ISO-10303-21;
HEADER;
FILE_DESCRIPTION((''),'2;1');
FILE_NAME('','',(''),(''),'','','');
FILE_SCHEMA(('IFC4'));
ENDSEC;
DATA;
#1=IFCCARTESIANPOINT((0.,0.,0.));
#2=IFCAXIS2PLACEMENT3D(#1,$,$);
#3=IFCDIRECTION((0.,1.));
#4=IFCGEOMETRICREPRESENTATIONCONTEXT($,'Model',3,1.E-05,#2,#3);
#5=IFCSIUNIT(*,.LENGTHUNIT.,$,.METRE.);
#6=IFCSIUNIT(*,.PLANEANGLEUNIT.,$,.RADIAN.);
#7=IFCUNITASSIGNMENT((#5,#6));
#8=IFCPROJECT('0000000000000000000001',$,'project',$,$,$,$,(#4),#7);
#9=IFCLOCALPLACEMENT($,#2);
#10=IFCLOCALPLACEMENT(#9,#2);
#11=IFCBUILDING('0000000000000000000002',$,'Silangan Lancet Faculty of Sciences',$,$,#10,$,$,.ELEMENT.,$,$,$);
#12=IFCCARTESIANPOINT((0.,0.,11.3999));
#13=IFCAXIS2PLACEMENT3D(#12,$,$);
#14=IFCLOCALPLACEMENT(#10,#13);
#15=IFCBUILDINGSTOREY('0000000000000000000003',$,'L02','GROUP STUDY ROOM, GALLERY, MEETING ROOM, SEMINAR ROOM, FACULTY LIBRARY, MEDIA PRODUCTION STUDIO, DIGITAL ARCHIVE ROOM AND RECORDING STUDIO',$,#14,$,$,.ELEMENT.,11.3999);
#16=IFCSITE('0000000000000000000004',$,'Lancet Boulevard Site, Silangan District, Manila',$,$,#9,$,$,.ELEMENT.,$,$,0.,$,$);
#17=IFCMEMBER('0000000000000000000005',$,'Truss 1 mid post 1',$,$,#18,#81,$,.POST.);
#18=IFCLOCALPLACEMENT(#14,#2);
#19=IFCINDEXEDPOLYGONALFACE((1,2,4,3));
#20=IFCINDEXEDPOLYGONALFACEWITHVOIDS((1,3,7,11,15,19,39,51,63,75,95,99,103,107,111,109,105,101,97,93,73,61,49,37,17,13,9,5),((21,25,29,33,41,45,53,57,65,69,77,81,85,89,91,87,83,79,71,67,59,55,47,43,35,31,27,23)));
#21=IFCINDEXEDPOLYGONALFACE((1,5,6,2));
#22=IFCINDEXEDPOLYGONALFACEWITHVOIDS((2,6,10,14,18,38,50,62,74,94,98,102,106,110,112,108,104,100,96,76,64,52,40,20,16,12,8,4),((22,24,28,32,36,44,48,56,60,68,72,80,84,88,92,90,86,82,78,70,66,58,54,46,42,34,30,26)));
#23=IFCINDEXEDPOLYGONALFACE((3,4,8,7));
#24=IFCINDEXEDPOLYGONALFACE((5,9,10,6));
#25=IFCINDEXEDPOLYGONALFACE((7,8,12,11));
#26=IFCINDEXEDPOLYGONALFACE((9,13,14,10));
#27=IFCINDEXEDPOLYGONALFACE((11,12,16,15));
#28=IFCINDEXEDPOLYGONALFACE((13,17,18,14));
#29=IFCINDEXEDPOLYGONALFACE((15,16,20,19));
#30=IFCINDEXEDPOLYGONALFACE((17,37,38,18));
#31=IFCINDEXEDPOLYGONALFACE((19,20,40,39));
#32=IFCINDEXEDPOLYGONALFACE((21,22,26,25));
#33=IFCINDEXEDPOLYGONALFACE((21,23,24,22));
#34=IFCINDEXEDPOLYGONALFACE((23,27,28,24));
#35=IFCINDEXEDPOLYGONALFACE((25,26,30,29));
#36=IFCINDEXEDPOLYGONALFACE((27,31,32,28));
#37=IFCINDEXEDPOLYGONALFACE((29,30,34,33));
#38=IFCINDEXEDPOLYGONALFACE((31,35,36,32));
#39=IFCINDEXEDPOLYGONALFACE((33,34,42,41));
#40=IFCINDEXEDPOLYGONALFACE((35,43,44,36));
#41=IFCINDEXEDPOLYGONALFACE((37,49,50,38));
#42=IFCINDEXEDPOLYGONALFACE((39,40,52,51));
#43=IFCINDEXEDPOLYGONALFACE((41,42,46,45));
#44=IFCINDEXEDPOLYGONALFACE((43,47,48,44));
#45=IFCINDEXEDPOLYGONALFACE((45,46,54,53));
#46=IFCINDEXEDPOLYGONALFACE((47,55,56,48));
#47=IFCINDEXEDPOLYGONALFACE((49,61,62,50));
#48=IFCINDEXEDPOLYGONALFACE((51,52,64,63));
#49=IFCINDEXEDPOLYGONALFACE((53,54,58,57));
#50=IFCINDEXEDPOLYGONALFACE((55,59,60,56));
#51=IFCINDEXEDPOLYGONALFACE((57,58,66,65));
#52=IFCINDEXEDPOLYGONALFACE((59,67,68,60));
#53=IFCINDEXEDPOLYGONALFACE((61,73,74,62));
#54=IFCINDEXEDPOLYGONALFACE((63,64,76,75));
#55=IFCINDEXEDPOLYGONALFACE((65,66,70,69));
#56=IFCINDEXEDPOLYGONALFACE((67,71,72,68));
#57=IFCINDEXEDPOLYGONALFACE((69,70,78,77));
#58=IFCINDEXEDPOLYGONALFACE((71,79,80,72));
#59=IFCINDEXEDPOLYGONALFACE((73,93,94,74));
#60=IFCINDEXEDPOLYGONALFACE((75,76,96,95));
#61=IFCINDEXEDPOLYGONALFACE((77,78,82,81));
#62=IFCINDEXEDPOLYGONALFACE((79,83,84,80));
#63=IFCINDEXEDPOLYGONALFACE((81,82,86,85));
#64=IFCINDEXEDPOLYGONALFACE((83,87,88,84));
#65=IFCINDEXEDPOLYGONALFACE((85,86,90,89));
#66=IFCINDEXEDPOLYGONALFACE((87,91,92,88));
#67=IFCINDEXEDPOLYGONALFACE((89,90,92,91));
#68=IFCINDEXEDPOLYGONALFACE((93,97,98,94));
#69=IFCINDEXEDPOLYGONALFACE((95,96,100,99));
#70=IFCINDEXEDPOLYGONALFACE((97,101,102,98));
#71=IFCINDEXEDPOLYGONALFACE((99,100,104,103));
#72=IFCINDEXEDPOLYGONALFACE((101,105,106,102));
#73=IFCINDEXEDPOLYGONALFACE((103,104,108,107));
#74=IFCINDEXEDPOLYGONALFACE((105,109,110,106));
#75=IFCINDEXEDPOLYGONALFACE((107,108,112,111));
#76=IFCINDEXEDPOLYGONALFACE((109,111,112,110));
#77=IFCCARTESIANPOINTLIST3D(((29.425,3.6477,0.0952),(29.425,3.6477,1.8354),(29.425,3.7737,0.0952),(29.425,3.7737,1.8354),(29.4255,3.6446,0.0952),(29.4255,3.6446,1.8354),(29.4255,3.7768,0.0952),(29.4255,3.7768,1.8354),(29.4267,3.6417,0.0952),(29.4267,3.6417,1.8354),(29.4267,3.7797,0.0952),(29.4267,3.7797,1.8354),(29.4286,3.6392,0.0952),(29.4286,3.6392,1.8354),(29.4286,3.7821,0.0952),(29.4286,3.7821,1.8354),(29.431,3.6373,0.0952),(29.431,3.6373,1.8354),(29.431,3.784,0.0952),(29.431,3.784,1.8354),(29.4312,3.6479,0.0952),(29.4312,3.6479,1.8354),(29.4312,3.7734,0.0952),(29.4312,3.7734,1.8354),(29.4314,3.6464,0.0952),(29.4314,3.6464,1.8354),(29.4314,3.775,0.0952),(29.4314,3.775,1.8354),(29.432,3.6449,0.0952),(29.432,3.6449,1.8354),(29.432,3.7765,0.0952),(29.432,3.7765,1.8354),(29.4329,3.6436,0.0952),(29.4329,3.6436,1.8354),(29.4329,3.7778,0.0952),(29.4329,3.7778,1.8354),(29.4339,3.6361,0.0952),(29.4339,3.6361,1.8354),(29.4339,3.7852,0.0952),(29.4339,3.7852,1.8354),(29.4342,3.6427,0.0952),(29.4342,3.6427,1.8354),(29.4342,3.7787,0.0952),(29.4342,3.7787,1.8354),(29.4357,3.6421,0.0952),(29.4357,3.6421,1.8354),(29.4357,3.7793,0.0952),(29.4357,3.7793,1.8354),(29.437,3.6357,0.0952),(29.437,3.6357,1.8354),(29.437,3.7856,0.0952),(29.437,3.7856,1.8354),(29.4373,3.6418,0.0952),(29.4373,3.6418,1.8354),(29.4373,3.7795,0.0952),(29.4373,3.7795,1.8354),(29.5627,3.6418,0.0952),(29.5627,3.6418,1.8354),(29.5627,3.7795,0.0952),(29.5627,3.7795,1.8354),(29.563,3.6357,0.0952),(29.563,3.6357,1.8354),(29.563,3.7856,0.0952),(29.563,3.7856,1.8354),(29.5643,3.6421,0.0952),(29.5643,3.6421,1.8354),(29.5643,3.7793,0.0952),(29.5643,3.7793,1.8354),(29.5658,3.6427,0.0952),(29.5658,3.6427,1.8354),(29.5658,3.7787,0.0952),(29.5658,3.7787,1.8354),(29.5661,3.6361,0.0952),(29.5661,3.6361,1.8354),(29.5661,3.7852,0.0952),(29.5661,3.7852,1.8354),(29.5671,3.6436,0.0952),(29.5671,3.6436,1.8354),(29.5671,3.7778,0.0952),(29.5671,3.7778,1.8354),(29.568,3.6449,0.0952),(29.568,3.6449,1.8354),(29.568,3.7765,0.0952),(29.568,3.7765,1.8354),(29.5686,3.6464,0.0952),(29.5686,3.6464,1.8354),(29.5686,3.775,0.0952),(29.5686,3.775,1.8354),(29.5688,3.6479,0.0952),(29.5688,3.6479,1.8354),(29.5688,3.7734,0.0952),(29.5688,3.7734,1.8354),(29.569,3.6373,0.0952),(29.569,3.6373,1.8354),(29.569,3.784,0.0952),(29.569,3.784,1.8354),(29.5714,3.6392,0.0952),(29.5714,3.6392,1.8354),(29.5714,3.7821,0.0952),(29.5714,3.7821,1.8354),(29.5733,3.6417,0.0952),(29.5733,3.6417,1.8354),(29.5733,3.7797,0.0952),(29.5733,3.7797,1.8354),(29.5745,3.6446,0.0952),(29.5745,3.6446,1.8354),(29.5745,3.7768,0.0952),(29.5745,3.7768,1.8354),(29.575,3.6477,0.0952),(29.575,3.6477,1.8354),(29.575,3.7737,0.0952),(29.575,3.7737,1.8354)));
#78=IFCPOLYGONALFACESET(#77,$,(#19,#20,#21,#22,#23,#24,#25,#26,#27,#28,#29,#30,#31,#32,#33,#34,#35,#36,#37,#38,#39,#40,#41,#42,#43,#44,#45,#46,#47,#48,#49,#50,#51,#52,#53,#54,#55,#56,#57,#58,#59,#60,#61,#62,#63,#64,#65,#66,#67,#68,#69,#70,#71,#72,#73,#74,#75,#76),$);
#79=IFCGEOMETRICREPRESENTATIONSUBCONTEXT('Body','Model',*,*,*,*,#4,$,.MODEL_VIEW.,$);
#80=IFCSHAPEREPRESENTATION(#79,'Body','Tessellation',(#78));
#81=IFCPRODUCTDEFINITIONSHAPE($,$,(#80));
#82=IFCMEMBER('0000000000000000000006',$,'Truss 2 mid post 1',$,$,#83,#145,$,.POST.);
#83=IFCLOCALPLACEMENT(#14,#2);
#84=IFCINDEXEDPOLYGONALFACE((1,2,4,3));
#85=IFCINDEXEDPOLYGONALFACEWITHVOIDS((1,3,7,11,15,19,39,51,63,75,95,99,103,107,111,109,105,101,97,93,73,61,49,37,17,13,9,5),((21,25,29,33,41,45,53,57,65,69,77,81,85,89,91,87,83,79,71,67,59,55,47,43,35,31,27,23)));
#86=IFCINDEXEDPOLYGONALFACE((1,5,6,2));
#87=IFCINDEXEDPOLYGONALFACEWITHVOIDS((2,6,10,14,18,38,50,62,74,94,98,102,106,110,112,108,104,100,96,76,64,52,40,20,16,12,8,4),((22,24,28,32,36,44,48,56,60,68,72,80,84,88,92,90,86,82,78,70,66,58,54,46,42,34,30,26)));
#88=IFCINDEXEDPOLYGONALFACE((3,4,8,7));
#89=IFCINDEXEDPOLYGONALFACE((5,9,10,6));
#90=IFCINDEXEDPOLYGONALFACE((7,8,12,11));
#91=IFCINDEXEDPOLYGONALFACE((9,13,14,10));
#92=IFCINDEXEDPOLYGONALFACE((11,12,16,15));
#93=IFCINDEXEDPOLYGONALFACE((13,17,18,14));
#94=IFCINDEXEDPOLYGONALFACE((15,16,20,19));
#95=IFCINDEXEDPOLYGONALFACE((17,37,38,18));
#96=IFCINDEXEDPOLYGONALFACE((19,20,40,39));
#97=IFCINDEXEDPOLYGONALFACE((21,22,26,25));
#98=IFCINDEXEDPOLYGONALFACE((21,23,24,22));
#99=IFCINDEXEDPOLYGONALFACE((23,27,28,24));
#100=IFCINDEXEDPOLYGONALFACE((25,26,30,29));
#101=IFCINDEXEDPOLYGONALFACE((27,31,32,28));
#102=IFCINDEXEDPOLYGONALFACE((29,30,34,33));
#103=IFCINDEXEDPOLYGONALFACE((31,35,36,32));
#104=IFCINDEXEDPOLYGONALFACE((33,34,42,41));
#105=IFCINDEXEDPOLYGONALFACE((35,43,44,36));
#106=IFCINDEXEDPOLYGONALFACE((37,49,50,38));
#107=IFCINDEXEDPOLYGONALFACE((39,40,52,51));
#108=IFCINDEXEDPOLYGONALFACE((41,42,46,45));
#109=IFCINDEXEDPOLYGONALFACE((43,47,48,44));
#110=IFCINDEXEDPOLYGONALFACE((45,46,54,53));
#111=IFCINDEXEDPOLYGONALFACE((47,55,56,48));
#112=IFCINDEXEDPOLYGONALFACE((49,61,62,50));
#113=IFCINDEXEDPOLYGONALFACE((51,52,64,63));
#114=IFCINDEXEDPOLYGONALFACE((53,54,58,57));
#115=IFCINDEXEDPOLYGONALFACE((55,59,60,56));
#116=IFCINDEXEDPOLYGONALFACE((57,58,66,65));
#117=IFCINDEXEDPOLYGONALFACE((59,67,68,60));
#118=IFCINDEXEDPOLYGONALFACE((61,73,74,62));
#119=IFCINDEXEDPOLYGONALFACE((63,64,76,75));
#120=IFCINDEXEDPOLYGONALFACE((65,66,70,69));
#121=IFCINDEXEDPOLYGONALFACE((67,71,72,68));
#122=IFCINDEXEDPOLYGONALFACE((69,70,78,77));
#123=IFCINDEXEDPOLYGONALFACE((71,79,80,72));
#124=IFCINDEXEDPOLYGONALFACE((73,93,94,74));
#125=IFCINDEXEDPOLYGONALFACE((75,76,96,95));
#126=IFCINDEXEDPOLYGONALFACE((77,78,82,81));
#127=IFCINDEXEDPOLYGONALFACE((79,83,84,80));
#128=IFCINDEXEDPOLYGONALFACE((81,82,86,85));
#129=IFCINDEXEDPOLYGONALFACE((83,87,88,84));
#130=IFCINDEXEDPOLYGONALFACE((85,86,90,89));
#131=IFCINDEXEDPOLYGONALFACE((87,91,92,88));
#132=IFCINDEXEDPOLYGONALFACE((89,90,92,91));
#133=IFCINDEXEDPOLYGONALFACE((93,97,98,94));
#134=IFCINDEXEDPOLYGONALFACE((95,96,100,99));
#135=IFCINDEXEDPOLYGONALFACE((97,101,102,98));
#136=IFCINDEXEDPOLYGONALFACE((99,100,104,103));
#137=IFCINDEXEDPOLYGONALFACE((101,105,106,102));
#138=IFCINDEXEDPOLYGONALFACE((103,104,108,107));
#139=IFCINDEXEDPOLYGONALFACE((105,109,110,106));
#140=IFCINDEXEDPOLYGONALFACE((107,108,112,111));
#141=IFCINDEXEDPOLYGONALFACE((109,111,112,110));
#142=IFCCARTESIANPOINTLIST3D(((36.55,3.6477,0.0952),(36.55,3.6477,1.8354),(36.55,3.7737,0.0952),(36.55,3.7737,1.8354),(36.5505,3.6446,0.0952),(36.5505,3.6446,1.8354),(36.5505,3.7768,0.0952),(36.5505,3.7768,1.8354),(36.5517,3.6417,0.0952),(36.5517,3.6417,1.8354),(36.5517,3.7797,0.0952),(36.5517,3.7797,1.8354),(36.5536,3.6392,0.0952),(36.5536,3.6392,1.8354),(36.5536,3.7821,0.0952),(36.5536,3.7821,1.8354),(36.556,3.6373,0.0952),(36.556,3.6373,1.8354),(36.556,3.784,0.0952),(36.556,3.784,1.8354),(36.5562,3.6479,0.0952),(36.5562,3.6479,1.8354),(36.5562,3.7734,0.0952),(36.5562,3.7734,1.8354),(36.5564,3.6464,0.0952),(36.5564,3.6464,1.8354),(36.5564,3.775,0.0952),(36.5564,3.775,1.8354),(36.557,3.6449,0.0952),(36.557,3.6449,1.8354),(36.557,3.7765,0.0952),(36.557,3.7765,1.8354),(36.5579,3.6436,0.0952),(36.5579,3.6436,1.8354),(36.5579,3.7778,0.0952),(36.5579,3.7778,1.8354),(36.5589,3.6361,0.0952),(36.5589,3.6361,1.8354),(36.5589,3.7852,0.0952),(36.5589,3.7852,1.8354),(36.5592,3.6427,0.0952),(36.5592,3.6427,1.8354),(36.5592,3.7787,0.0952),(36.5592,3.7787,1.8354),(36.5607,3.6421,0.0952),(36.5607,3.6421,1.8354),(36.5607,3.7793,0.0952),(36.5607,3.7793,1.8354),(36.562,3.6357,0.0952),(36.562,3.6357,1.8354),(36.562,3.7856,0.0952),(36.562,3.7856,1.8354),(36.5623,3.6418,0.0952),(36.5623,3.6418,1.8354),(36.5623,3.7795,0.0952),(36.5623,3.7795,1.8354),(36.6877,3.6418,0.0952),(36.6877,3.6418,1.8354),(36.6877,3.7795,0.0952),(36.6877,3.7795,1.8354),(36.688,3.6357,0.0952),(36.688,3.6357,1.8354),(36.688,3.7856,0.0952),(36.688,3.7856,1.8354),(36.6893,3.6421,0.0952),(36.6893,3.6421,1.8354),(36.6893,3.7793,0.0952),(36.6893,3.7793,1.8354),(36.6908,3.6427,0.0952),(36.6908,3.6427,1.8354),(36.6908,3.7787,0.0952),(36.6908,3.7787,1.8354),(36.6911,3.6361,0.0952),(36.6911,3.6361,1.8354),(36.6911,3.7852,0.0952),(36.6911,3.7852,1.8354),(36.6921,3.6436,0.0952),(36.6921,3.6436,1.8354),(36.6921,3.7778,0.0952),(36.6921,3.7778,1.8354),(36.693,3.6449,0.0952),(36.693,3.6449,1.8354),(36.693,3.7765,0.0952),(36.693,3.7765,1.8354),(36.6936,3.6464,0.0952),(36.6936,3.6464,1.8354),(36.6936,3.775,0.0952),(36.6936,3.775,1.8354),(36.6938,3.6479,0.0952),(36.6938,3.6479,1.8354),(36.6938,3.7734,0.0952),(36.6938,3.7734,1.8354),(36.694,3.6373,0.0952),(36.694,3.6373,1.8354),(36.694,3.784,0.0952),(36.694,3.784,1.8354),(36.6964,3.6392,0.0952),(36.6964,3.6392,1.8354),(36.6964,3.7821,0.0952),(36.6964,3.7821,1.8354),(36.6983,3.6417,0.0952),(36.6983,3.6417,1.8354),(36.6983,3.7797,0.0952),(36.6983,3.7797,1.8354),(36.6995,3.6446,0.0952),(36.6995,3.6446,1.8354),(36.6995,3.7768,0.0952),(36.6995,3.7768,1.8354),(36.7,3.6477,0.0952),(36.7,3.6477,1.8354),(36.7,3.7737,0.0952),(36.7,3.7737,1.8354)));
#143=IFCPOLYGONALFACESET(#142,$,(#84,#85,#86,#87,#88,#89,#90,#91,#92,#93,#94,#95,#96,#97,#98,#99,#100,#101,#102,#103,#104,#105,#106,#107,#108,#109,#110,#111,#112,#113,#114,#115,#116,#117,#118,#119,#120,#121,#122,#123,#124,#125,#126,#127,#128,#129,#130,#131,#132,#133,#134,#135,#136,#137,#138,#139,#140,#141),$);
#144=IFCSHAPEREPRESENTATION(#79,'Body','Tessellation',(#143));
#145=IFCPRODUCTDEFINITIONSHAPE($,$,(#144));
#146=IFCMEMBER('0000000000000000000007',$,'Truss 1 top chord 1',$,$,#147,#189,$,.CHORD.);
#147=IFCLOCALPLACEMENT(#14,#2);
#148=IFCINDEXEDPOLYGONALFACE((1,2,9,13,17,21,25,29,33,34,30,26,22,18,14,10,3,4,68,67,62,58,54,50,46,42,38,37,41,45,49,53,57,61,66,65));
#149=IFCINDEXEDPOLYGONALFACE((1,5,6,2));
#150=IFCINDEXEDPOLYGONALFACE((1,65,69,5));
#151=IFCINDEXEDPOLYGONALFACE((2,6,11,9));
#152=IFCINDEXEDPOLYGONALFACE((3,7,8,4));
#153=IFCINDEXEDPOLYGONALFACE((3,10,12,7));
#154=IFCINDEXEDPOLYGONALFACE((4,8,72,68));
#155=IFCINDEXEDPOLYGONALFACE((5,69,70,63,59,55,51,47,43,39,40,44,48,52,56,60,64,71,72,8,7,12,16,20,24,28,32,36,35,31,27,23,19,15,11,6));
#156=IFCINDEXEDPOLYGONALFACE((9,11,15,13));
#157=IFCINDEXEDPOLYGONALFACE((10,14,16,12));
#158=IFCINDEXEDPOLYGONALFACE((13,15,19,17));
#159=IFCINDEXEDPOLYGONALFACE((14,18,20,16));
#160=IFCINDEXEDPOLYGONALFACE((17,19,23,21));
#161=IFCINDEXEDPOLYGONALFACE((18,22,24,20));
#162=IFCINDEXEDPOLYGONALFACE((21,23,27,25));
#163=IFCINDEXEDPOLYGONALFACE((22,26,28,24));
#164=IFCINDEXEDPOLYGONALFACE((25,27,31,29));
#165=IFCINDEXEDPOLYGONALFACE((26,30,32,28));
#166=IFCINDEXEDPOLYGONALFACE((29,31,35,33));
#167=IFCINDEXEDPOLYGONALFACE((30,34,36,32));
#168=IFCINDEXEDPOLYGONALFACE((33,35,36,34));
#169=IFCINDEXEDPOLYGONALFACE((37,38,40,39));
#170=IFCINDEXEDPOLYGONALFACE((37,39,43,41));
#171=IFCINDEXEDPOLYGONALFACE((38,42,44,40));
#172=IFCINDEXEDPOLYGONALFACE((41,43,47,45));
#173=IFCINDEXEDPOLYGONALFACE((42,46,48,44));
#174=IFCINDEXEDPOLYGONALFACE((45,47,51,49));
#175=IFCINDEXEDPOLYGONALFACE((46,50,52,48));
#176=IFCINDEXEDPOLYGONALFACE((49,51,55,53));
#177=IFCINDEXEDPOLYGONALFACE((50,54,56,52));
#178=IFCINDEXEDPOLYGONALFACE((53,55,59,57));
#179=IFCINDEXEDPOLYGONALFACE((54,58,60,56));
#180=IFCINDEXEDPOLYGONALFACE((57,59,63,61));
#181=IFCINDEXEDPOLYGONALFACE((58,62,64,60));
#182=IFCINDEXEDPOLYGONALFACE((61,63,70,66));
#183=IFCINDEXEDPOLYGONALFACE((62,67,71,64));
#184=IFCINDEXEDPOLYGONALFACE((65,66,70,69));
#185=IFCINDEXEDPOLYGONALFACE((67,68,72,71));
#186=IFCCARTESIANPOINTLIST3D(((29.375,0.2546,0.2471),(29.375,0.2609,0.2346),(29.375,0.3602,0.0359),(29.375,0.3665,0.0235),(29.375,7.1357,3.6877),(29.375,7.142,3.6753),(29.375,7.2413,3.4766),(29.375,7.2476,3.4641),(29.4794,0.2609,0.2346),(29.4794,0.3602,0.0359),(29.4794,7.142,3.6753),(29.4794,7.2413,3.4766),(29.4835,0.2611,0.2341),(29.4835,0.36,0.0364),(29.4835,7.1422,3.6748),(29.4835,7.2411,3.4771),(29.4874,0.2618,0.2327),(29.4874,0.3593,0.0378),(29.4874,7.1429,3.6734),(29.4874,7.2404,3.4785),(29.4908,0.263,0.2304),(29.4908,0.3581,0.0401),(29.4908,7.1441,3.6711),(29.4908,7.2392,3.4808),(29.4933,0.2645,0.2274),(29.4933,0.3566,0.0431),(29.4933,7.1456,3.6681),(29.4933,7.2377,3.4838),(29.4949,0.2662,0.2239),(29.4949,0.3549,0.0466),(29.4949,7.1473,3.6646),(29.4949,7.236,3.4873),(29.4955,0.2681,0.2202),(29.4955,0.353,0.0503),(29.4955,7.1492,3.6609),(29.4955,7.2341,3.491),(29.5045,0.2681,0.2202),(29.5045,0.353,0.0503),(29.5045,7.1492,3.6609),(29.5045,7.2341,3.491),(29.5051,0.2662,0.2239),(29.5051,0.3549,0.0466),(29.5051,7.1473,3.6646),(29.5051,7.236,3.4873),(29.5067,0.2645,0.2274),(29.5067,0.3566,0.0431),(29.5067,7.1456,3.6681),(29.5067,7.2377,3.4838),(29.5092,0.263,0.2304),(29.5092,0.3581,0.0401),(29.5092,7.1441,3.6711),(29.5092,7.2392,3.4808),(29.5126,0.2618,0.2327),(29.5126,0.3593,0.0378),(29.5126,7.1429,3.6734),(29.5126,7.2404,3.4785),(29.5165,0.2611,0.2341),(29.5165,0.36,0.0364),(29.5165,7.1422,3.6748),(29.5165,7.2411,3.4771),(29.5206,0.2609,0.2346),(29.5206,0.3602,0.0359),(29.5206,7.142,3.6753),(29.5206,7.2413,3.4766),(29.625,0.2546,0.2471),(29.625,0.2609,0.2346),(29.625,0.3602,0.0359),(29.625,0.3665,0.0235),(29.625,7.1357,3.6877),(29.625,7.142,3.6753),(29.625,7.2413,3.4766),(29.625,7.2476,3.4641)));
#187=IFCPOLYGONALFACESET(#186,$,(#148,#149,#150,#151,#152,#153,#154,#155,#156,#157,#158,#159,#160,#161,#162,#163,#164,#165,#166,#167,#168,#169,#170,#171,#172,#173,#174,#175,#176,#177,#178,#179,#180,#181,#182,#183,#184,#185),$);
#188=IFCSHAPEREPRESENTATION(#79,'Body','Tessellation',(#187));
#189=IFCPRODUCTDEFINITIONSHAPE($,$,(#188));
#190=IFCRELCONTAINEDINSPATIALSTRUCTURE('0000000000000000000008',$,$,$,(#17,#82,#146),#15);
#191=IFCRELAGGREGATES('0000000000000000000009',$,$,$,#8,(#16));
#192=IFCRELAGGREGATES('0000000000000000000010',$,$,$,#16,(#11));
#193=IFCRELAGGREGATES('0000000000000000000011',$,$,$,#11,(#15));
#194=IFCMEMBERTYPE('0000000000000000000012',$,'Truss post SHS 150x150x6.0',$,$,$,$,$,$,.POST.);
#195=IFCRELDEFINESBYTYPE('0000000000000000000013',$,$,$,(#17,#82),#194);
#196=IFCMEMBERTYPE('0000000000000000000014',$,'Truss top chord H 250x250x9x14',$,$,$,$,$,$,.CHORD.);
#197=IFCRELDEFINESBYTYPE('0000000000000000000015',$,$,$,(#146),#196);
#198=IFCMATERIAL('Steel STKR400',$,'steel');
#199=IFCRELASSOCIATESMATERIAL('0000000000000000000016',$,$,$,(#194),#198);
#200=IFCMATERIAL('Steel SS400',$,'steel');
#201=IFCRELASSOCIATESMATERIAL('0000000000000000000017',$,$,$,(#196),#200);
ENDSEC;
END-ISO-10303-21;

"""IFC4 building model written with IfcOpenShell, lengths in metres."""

from ifc_helpers import new_model, si_unit, direction, frame, origin, origin_2d, place, context, subcontext, project, spatial, hollow_rectangle, i_section, extrude, material, material_profile, profile_set, type_object, element, save


model = new_model("IFC4")

# Units and contexts
model_context = context("Model", 3, precision=1e-05, world=origin(), true_north=direction((0.0, 1.0)))
body_context = subcontext(model_context, "Body", "Model", "MODEL_VIEW")
ifc_project = project(units=[si_unit("LENGTHUNIT", "METRE"), si_unit("PLANEANGLEUNIT", "RADIAN")], contexts=[model_context])

# Site, building, storey
site_placement = place(None, origin())
site = spatial("IfcSite", under=ifc_project, at=site_placement, Name="Lancet Boulevard Site, Silangan District, Manila", CompositionType="ELEMENT", RefElevation=0.0)
building_placement = place(site_placement, origin())
building = spatial("IfcBuilding", under=site, at=building_placement, Name="Silangan Lancet Faculty of Sciences", CompositionType="ELEMENT")
storey_placement = place(building_placement, frame((0.0, 0.0, 11.3999)))
storey = spatial("IfcBuildingStorey", under=building, at=storey_placement, Name="L02", Description="GROUP STUDY ROOM, GALLERY, MEETING ROOM, SEMINAR ROOM, FACULTY LIBRARY, MEDIA PRODUCTION STUDIO, DIGITAL ARCHIVE ROOM AND RECORDING STUDIO", CompositionType="ELEMENT", Elevation=11.3999)

# Members
ifc_material_1 = material(Name="Steel STKR400", Category="steel")
ifc_material_profile_1 = material_profile(ifc_material_1, hollow_rectangle(XDim=0.1499, YDim=0.1499, WallThickness=0.0061, InnerFilletRadius=0.0061, OuterFilletRadius=0.012, at=origin_2d()), Name="SHS 150x150x6.0")
ifc_profile_set_1 = profile_set([ifc_material_profile_1], Name="Steel STKR400")
member_type_1 = type_object("IfcMemberType", Name="Truss post SHS 150x150x6.0", PredefinedType="POST", material=ifc_profile_set_1)
for number, where, z_axis, x_axis, name in (
    (1, (29.5, 3.7107, 0.0952), (0.0, 0.0, 1.0), (1.0, 0.0, 0.0), "Truss 1 mid post 1"),
    (2, (36.625, 3.7107, 0.0952), (0.0, 0.0, 1.0), (1.0, 0.0, 0.0), "Truss 2 mid post 1"),
):
    element("IfcMember", number, at=place(storey_placement, frame(where, z_axis=z_axis, x_axis=x_axis)), inside=storey, type_object=member_type_1, Name=name, PredefinedType="POST", context=body_context, shape_type="SweptSolid", body=[
        extrude(hollow_rectangle(XDim=0.1499, YDim=0.1499, WallThickness=0.0061, InnerFilletRadius=0.0061, OuterFilletRadius=0.012, at=origin_2d()), origin(), (0.0, 0.0, 1.0), 1.7402),
    ])
ifc_material_2 = material(Name="Steel SS400", Category="steel")
ifc_material_profile_2 = material_profile(ifc_material_2, i_section(OverallWidth=0.25, OverallDepth=0.25, WebThickness=0.009, FlangeThickness=0.0139, FilletRadius=0.0161, at=origin_2d()), Name="H 250x250x9x14")
ifc_profile_set_2 = profile_set([ifc_material_profile_2], Name="Steel SS400")
member_type_2 = type_object("IfcMemberType", Name="Truss top chord H 250x250x9x14", PredefinedType="CHORD", material=ifc_profile_set_2)
for number, where, z_axis, x_axis, name in (
    (3, (29.5, 0.3105, 0.1353), (0.0, 0.894421, 0.447226), (-1.0, 0.0, 0.0), "Truss 1 top chord 1"),
):
    element("IfcMember", number, at=place(storey_placement, frame(where, z_axis=z_axis, x_axis=x_axis)), inside=storey, type_object=member_type_2, Name=name, PredefinedType="CHORD", context=body_context, shape_type="SweptSolid", body=[
        extrude(i_section(OverallWidth=0.25, OverallDepth=0.25, WebThickness=0.009, FlangeThickness=0.0139, FilletRadius=0.0161, at=origin_2d()), origin(), (0.0, 0.0, 1.0), 7.6934),
    ])

save(model, "model.ifc")
